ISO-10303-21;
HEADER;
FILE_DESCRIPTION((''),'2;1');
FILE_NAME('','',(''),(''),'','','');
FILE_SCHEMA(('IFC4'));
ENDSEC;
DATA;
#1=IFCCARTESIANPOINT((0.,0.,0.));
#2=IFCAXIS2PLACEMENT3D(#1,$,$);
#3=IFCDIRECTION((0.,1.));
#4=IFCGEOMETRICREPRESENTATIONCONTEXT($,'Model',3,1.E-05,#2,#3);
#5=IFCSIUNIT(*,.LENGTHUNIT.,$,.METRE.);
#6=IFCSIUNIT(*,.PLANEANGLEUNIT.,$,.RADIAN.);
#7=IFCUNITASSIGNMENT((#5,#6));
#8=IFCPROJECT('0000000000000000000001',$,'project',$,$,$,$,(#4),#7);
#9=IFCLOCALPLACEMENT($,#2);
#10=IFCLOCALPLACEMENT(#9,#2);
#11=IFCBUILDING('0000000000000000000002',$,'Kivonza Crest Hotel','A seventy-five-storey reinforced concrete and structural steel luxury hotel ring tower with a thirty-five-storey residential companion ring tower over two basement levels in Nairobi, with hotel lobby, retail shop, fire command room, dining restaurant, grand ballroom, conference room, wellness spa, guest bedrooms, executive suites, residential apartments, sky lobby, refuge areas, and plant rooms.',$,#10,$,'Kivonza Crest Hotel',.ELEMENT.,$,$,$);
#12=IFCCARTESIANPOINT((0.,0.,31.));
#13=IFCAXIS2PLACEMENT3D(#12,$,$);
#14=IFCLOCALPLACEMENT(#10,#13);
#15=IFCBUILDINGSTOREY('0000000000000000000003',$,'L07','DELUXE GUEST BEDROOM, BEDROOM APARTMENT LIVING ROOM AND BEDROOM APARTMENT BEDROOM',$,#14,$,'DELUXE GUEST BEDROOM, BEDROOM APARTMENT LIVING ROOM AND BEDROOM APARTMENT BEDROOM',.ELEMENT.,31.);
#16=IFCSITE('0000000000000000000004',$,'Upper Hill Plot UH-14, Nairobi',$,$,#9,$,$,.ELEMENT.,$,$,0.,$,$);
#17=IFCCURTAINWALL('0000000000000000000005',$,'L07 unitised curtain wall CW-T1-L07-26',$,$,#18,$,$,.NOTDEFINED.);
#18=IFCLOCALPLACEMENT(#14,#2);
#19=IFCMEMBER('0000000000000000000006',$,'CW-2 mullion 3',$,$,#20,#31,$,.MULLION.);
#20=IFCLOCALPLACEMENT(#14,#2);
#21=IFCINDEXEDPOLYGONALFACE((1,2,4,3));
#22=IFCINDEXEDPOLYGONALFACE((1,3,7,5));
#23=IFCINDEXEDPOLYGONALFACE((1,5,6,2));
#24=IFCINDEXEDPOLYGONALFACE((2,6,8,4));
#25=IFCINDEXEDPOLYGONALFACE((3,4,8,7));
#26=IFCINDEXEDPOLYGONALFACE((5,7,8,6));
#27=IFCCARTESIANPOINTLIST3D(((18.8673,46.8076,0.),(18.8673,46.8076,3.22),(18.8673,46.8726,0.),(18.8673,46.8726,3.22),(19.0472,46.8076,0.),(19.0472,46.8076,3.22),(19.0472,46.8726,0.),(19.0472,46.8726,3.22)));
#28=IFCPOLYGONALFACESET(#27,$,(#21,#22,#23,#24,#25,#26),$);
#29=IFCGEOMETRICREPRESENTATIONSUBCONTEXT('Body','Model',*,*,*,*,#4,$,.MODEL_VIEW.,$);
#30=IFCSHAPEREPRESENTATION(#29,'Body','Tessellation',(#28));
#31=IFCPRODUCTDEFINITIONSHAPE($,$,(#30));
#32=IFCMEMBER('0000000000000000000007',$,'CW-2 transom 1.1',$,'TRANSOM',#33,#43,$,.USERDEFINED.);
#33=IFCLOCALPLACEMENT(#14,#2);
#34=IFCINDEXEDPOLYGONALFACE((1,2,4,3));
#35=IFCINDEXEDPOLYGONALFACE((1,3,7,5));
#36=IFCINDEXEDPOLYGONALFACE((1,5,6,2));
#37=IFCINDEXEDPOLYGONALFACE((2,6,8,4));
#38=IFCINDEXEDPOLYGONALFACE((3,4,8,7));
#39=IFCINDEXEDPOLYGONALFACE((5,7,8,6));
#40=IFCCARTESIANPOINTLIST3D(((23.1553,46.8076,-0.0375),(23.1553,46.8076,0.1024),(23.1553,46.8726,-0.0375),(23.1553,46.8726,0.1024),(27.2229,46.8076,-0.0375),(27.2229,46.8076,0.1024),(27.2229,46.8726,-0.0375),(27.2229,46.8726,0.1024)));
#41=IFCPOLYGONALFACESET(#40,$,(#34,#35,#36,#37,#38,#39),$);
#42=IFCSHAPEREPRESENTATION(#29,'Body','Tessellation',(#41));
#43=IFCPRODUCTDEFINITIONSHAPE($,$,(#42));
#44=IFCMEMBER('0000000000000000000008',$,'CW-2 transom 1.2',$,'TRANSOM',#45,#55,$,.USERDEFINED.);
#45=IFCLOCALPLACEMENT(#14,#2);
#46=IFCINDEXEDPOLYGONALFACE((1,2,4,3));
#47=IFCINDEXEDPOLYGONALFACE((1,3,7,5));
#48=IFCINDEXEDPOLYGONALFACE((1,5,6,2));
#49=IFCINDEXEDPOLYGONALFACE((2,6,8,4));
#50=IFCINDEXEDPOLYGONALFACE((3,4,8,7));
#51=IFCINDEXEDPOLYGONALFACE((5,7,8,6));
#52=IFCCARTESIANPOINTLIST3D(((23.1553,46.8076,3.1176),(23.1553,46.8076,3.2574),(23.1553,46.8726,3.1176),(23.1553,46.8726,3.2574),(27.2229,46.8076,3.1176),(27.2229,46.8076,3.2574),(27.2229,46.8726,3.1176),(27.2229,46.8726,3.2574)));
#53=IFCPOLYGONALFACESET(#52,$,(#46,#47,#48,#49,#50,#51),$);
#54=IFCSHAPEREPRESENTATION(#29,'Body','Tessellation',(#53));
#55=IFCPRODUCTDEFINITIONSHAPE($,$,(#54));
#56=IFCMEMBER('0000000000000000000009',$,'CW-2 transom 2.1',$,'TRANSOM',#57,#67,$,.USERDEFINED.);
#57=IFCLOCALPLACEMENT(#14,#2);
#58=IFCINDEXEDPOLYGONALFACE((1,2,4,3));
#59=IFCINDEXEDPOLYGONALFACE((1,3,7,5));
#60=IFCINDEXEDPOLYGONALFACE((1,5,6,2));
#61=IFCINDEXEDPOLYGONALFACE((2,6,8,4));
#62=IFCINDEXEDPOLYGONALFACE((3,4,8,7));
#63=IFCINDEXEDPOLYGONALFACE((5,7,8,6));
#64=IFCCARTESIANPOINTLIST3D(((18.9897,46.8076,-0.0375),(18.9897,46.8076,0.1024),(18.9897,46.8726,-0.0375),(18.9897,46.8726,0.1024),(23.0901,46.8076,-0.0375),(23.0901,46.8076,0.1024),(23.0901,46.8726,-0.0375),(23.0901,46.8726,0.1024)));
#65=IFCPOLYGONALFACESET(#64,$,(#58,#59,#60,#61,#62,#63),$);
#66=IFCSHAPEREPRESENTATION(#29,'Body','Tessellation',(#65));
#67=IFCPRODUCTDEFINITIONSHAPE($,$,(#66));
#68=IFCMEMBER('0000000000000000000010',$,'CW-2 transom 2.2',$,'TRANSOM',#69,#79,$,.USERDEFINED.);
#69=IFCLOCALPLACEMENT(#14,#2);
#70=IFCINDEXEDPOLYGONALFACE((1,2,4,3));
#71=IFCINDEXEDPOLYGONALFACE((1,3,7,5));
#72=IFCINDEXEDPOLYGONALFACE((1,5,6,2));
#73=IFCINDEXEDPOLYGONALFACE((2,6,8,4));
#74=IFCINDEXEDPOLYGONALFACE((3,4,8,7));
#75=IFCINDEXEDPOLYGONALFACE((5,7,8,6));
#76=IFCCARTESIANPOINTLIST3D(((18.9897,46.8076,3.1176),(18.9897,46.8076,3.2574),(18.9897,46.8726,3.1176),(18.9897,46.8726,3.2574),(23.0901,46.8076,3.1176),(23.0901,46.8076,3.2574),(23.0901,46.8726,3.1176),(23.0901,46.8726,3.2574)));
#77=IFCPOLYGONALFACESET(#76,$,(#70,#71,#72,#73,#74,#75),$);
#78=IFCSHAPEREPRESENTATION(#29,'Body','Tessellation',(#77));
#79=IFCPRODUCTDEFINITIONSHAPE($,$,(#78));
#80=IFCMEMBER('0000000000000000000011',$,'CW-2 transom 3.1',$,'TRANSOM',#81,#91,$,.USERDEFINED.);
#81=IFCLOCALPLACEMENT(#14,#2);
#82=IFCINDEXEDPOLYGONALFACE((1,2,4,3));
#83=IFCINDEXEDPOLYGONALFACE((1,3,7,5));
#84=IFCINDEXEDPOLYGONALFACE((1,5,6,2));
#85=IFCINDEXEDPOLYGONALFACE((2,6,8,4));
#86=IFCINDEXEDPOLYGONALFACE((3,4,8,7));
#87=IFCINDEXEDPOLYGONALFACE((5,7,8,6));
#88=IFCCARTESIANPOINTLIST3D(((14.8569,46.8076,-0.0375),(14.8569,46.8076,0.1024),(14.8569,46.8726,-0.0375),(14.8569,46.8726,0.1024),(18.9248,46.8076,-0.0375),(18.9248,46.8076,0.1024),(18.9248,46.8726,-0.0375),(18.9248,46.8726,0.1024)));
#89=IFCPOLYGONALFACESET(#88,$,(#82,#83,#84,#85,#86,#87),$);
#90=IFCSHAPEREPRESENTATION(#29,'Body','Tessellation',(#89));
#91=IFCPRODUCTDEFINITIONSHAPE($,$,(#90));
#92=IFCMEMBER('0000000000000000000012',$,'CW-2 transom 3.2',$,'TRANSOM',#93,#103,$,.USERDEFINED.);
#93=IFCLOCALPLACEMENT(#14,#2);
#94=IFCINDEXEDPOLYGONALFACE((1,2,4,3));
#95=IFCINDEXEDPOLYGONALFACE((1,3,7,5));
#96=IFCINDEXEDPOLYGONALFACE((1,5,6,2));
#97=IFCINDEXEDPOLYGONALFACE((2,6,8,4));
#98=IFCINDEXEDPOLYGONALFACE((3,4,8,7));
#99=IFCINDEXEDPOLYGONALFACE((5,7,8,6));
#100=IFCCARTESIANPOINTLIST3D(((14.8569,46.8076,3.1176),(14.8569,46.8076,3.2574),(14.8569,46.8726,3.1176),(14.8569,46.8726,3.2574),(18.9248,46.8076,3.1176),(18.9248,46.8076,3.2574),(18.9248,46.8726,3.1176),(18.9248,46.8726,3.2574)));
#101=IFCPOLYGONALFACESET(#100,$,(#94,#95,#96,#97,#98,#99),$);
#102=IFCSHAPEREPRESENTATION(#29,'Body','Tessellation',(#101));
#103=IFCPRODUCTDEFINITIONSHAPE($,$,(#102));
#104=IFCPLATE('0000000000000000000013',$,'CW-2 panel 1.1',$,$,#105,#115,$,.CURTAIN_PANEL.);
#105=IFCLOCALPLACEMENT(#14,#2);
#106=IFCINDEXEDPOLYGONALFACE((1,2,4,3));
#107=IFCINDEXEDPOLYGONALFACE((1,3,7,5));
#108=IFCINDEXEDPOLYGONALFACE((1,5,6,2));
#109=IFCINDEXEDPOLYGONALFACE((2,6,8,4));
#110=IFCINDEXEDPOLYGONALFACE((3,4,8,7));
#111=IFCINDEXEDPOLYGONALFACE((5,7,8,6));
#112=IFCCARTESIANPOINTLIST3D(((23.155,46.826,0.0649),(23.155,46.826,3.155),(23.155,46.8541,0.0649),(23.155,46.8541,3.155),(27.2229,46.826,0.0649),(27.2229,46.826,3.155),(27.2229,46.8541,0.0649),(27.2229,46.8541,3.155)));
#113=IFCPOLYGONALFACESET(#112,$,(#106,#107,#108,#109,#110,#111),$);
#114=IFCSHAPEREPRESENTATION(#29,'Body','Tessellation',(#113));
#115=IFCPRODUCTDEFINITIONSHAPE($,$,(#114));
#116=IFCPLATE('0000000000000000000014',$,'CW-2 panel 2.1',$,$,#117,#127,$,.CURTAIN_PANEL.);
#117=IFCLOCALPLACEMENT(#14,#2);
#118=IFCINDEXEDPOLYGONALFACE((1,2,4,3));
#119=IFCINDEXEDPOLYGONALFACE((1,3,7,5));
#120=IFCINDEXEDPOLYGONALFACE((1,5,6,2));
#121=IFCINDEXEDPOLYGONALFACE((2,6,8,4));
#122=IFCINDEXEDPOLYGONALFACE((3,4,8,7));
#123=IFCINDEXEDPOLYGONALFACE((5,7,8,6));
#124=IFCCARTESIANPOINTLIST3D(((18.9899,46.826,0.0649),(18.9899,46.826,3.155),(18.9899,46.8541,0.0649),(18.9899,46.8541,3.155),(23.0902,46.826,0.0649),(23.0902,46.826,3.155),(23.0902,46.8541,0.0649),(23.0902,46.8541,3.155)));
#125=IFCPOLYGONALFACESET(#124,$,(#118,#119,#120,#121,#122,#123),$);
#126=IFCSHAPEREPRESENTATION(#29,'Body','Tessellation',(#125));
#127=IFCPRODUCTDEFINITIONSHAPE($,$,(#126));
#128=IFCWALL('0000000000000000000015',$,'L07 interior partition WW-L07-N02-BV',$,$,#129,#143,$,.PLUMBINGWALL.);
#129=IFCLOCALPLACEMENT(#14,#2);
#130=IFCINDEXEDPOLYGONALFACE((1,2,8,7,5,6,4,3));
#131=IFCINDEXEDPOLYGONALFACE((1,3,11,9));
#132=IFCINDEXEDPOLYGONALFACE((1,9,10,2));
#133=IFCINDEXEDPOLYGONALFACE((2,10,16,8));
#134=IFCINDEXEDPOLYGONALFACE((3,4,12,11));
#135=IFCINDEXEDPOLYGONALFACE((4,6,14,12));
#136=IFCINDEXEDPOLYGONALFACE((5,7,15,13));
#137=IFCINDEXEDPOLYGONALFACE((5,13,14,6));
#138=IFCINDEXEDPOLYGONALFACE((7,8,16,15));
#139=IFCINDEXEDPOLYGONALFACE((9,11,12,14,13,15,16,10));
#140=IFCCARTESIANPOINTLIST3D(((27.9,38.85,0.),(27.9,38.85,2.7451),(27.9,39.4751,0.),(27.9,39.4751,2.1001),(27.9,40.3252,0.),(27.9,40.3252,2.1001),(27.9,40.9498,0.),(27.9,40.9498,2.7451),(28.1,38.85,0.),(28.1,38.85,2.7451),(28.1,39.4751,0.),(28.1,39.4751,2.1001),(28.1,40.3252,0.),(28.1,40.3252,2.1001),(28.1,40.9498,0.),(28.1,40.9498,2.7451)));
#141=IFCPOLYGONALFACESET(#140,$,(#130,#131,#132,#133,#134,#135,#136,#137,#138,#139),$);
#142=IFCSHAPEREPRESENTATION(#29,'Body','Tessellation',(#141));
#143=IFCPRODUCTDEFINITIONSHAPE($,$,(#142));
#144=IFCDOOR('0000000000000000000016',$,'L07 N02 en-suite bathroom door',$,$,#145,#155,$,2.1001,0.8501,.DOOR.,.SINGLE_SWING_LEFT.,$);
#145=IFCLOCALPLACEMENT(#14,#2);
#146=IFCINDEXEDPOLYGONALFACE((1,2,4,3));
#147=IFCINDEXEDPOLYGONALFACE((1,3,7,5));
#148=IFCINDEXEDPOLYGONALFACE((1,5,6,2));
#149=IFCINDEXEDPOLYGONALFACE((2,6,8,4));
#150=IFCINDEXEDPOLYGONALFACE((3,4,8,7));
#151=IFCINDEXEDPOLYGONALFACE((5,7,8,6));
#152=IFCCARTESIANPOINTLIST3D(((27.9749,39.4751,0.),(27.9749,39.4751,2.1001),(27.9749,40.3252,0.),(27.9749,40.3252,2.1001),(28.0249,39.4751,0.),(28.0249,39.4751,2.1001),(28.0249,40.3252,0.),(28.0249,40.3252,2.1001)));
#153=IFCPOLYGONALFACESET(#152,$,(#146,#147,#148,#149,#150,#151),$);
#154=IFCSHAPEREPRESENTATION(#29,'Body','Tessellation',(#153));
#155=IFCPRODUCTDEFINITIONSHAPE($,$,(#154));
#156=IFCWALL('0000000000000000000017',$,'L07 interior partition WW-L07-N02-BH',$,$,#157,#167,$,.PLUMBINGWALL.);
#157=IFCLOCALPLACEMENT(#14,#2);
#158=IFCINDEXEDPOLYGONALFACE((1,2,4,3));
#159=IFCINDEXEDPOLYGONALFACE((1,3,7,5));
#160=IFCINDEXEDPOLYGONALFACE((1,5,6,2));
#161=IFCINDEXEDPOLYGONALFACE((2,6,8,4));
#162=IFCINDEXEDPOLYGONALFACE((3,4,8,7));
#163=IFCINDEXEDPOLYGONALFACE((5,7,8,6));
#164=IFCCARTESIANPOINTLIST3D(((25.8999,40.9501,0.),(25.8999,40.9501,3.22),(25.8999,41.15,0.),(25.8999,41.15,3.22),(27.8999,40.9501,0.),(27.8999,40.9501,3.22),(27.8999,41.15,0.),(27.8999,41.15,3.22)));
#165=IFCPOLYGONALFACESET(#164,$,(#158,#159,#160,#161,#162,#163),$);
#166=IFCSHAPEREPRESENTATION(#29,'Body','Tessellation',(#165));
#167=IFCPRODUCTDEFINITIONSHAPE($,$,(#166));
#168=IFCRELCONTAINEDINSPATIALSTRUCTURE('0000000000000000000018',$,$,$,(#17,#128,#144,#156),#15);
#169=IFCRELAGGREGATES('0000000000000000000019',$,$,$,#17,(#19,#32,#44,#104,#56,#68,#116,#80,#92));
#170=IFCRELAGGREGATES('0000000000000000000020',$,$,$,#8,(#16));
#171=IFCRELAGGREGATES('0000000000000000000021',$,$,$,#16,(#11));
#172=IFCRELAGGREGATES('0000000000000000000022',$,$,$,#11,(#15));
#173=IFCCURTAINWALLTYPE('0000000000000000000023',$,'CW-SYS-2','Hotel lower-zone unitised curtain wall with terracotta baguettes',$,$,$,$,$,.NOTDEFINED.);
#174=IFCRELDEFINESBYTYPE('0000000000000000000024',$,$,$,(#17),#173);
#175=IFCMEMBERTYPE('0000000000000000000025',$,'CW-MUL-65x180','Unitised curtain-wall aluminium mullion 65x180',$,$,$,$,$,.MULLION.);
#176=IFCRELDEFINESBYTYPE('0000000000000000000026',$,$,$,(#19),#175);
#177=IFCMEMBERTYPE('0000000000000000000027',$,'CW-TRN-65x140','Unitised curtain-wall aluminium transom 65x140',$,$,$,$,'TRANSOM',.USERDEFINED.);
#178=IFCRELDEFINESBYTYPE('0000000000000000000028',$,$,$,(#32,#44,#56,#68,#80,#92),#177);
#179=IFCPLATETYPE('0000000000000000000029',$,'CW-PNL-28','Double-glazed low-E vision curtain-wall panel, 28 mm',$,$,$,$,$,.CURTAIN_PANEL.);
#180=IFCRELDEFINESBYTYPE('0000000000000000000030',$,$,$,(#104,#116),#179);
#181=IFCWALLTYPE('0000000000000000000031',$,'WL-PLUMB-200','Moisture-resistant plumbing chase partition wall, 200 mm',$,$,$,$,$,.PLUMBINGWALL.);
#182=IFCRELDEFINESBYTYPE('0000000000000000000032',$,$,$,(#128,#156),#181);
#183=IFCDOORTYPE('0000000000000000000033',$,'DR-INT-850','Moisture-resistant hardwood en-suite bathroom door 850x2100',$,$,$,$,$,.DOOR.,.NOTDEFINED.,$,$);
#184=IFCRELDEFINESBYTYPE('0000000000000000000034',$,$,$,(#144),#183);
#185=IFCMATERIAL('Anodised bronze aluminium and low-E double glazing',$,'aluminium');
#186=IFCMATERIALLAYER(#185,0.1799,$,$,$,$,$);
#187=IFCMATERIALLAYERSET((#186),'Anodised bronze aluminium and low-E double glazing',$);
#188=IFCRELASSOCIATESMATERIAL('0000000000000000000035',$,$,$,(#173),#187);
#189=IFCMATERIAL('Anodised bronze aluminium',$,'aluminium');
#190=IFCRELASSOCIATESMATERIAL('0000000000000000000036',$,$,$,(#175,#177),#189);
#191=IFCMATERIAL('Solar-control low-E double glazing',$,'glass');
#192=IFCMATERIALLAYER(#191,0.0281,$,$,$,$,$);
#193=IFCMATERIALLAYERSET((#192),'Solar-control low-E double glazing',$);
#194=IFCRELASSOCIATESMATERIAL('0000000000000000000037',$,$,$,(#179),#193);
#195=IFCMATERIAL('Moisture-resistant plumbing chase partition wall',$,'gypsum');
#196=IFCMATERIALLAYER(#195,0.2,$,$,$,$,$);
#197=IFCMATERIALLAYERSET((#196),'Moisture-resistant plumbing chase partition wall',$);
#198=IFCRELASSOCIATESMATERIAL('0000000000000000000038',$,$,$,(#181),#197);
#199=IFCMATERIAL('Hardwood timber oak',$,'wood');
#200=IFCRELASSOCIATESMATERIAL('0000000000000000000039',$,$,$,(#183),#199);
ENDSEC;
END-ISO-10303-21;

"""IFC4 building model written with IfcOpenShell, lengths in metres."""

from ifc_helpers import new_model, si_unit, direction, frame, frame_2d, origin, origin_2d, place, context, subcontext, project, spatial, rectangle, extrude, material, layer, layer_set, material_profile, profile_set, type_object, element, fill, aggregate, save


model = new_model("IFC4")

# Units and contexts
model_context = context("Model", 3, precision=1e-05, world=origin(), true_north=direction((0.0, 1.0)))
body_context = subcontext(model_context, "Body", "Model", "MODEL_VIEW")
ifc_project = project(units=[si_unit("LENGTHUNIT", "METRE"), si_unit("PLANEANGLEUNIT", "RADIAN")], contexts=[model_context])

# Site, building, storey
site_placement = place(None, origin())
site = spatial("IfcSite", under=ifc_project, at=site_placement, Name="Upper Hill Plot UH-14, Nairobi", CompositionType="ELEMENT", RefElevation=0.0)
building_placement = place(site_placement, origin())
building = spatial("IfcBuilding", under=site, at=building_placement, Name="Kivonza Crest Hotel", Description="A seventy-five-storey reinforced concrete and structural steel luxury hotel ring tower with a thirty-five-storey residential companion ring tower over two basement levels in Nairobi, with hotel lobby, retail shop, fire command room, dining restaurant, grand ballroom, conference room, wellness spa, guest bedrooms, executive suites, residential apartments, sky lobby, refuge areas, and plant rooms.", LongName="Kivonza Crest Hotel", CompositionType="ELEMENT")
storey_placement = place(building_placement, frame((0.0, 0.0, 31.0)))
storey = spatial("IfcBuildingStorey", under=building, at=storey_placement, Name="L07", Description="DELUXE GUEST BEDROOM, BEDROOM APARTMENT LIVING ROOM AND BEDROOM APARTMENT BEDROOM", LongName="DELUXE GUEST BEDROOM, BEDROOM APARTMENT LIVING ROOM AND BEDROOM APARTMENT BEDROOM", CompositionType="ELEMENT", Elevation=31.0)

# Curtain wall, members, plates
ifc_material_1 = material(Name="Anodised bronze aluminium and low-E double glazing", Category="aluminium")
ifc_layer_1 = layer(ifc_material_1, 0.1799)
ifc_layer_set_1 = layer_set([ifc_layer_1], Name="Anodised bronze aluminium and low-E double glazing")
curtain_wall_type = type_object("IfcCurtainWallType", Name="CW-SYS-2", Description="Hotel lower-zone unitised curtain wall with terracotta baguettes", PredefinedType="NOTDEFINED", material=ifc_layer_set_1)
curtain_wall_placement = place(storey_placement, origin())
curtain_wall = element("IfcCurtainWall", 1, at=curtain_wall_placement, inside=storey, type_object=curtain_wall_type, Name="L07 unitised curtain wall CW-T1-L07-26", PredefinedType="NOTDEFINED")
ifc_material_2 = material(Name="Anodised bronze aluminium", Category="aluminium")
ifc_material_profile_1 = material_profile(ifc_material_2, rectangle(XDim=0.0649, YDim=0.1799, at=origin_2d()), Name="CW-M 65x180")
ifc_profile_set_1 = profile_set([ifc_material_profile_1], Name="Anodised bronze aluminium")
member_type_1 = type_object("IfcMemberType", Name="CW-MUL-65x180", Description="Unitised curtain-wall aluminium mullion 65x180", PredefinedType="MULLION", material=ifc_profile_set_1)
member_1_placement = place(storey_placement, frame((18.9573, 46.8401, 0.0), z_axis=(0.0, 0.0, 1.0), x_axis=(0.0, -1.0, 0.0)))
member_1 = element("IfcMember", 2, at=member_1_placement, type_object=member_type_1, Name="CW-2 mullion 3", PredefinedType="MULLION", context=body_context, shape_type="SweptSolid", body=[
    extrude(rectangle(XDim=0.0649, YDim=0.1799, at=origin_2d()), origin(), (0.0, 0.0, 1.0), 3.22),
])
ifc_material_profile_2 = material_profile(ifc_material_2, rectangle(XDim=0.0649, YDim=0.1399, at=origin_2d()), Name="CW-T 65x140")
ifc_profile_set_2 = profile_set([ifc_material_profile_2], Name="Anodised bronze aluminium")
member_type_2 = type_object("IfcMemberType", Name="CW-TRN-65x140", Description="Unitised curtain-wall aluminium transom 65x140", ElementType="TRANSOM", PredefinedType="USERDEFINED", material=ifc_profile_set_2)
member_2_placement = place(storey_placement, frame((27.2229, 46.8401, 0.0325), z_axis=(-1.0, 0.0, 0.0), x_axis=(0.0, -1.0, 0.0)))
member_2 = element("IfcMember", 3, at=member_2_placement, type_object=member_type_2, Name="CW-2 transom 1.1", ObjectType="TRANSOM", PredefinedType="USERDEFINED", context=body_context, shape_type="SweptSolid", body=[
    extrude(rectangle(XDim=0.0649, YDim=0.1399, at=origin_2d()), origin(), (0.0, 0.0, 1.0), 4.0676),
])
member_3_placement = place(storey_placement, frame((27.2229, 46.8401, 3.1875), z_axis=(-1.0, 0.0, 0.0), x_axis=(0.0, -1.0, 0.0)))
member_3 = element("IfcMember", 4, at=member_3_placement, type_object=member_type_2, Name="CW-2 transom 1.2", ObjectType="TRANSOM", PredefinedType="USERDEFINED", context=body_context, shape_type="SweptSolid", body=[
    extrude(rectangle(XDim=0.0649, YDim=0.1399, at=origin_2d()), origin(), (0.0, 0.0, 1.0), 4.0676),
])
member_4_placement = place(storey_placement, frame((23.0901, 46.8401, 0.0325), z_axis=(-1.0, 0.0, 0.0), x_axis=(0.0, -1.0, 0.0)))
member_4 = element("IfcMember", 5, at=member_4_placement, type_object=member_type_2, Name="CW-2 transom 2.1", ObjectType="TRANSOM", PredefinedType="USERDEFINED", context=body_context, shape_type="SweptSolid", body=[
    extrude(rectangle(XDim=0.0649, YDim=0.1399, at=origin_2d()), origin(), (0.0, 0.0, 1.0), 4.1003),
])
member_5_placement = place(storey_placement, frame((23.0901, 46.8401, 3.1875), z_axis=(-1.0, 0.0, 0.0), x_axis=(0.0, -1.0, 0.0)))
member_5 = element("IfcMember", 6, at=member_5_placement, type_object=member_type_2, Name="CW-2 transom 2.2", ObjectType="TRANSOM", PredefinedType="USERDEFINED", context=body_context, shape_type="SweptSolid", body=[
    extrude(rectangle(XDim=0.0649, YDim=0.1399, at=origin_2d()), origin(), (0.0, 0.0, 1.0), 4.1003),
])
member_6_placement = place(storey_placement, frame((18.9248, 46.8401, 0.0325), z_axis=(-1.0, 0.0, 0.0), x_axis=(0.0, -1.0, 0.0)))
member_6 = element("IfcMember", 7, at=member_6_placement, type_object=member_type_2, Name="CW-2 transom 3.1", ObjectType="TRANSOM", PredefinedType="USERDEFINED", context=body_context, shape_type="SweptSolid", body=[
    extrude(rectangle(XDim=0.0649, YDim=0.1399, at=origin_2d()), origin(), (0.0, 0.0, 1.0), 4.0679),
])
member_7_placement = place(storey_placement, frame((18.9248, 46.8401, 3.1875), z_axis=(-1.0, 0.0, 0.0), x_axis=(0.0, -1.0, 0.0)))
member_7 = element("IfcMember", 8, at=member_7_placement, type_object=member_type_2, Name="CW-2 transom 3.2", ObjectType="TRANSOM", PredefinedType="USERDEFINED", context=body_context, shape_type="SweptSolid", body=[
    extrude(rectangle(XDim=0.0649, YDim=0.1399, at=origin_2d()), origin(), (0.0, 0.0, 1.0), 4.0679),
])
ifc_material_3 = material(Name="Solar-control low-E double glazing", Category="glass")
ifc_layer_2 = layer(ifc_material_3, 0.0281)
ifc_layer_set_2 = layer_set([ifc_layer_2], Name="Solar-control low-E double glazing")
plate_type = type_object("IfcPlateType", Name="CW-PNL-28", Description="Double-glazed low-E vision curtain-wall panel, 28 mm", PredefinedType="CURTAIN_PANEL", material=ifc_layer_set_2)
plate_1_placement = place(storey_placement, frame((25.189, 46.8401, 0.0649), z_axis=(0.0, 0.0, 1.0), x_axis=(-1.0, 0.0, 0.0)))
plate_1 = element("IfcPlate", 9, at=plate_1_placement, type_object=plate_type, Name="CW-2 panel 1.1", PredefinedType="CURTAIN_PANEL", context=body_context, shape_type="SweptSolid", body=[
    extrude(rectangle(XDim=4.0679, YDim=0.0281, at=origin_2d()), origin(), (0.0, 0.0, 1.0), 3.0901),
])
plate_2_placement = place(storey_placement, frame((21.04, 46.8401, 0.0649), z_axis=(0.0, 0.0, 1.0), x_axis=(-1.0, 0.0, 0.0)))
plate_2 = element("IfcPlate", 10, at=plate_2_placement, type_object=plate_type, Name="CW-2 panel 2.1", PredefinedType="CURTAIN_PANEL", context=body_context, shape_type="SweptSolid", body=[
    extrude(rectangle(XDim=4.1003, YDim=0.0281, at=origin_2d()), origin(), (0.0, 0.0, 1.0), 3.0901),
])
aggregate(curtain_wall, [member_1, member_2, member_3, plate_1, member_4, member_5, plate_2, member_6, member_7])

# Wall, opening, door
ifc_material_4 = material(Name="Moisture-resistant plumbing chase partition wall", Category="gypsum")
ifc_layer_3 = layer(ifc_material_4, 0.2)
ifc_layer_set_3 = layer_set([ifc_layer_3], Name="Moisture-resistant plumbing chase partition wall")
wall_type = type_object("IfcWallType", Name="WL-PLUMB-200", Description="Moisture-resistant plumbing chase partition wall, 200 mm", PredefinedType="PLUMBINGWALL", material=ifc_layer_set_3)
wall_1_placement = place(storey_placement, frame((28.0, 38.8501, 0.0), z_axis=(0.0, 0.0, 1.0), x_axis=(0.0, 1.0, 0.0)))
wall_1 = element("IfcWall", 11, at=wall_1_placement, inside=storey, type_object=wall_type, Name="L07 interior partition WW-L07-N02-BV", PredefinedType="PLUMBINGWALL", context=body_context, shape_type="SweptSolid", body=[
    extrude(rectangle(XDim=2.0999, YDim=0.2, at=frame_2d((1.0498, 0.0))), origin(), (0.0, 0.0, 1.0), 2.7451),
])
opening_placement = place(wall_1_placement, frame((0.625, 0.0, 0.0)))
opening = element("IfcOpeningElement", 12, at=opening_placement, cuts=wall_1, PredefinedType="OPENING", context=body_context, shape_type="SweptSolid", body=[
    extrude(rectangle(XDim=0.8501, YDim=2.1001, at=frame_2d((0.425, 1.05))), frame((0.0, 0.1099, 0.0), z_axis=(0.0, -1.0, 0.0), x_axis=(1.0, 0.0, 0.0)), (0.0, 0.0, 1.0), 0.22),
])
ifc_material_5 = material(Name="Hardwood timber oak", Category="wood")
door_type = type_object("IfcDoorType", Name="DR-INT-850", Description="Moisture-resistant hardwood en-suite bathroom door 850x2100", OperationType="NOTDEFINED", PredefinedType="DOOR", material=ifc_material_5)
door_placement = place(opening_placement, frame((0.8501, 0.0, 0.0), z_axis=(0.0, 0.0, 1.0), x_axis=(-1.0, 0.0, 0.0)))
door = element("IfcDoor", 13, at=door_placement, inside=storey, type_object=door_type, Name="L07 N02 en-suite bathroom door", OperationType="SINGLE_SWING_LEFT", OverallHeight=2.1001, OverallWidth=0.8501, PredefinedType="DOOR", context=body_context, shape_type="SweptSolid", body=[
    extrude(rectangle(XDim=0.8501, YDim=2.1001, at=frame_2d((0.425, 1.05))), frame((0.0, 0.0249, 0.0), z_axis=(0.0, -1.0, 0.0), x_axis=(1.0, 0.0, 0.0)), (0.0, 0.0, 1.0), 0.05),
])
fill(opening, door)

# Wall
wall_2_placement = place(storey_placement, frame((25.8999, 41.05, 0.0), z_axis=(0.0, 0.0, 1.0), x_axis=(1.0, 0.0, 0.0)))
element("IfcWall", 14, at=wall_2_placement, inside=storey, type_object=wall_type, Name="L07 interior partition WW-L07-N02-BH", PredefinedType="PLUMBINGWALL", context=body_context, shape_type="SweptSolid", body=[
    extrude(rectangle(XDim=2.0, YDim=0.2, at=frame_2d((1.0, 0.0))), origin(), (0.0, 0.0, 1.0), 3.22),
])

save(model, "model.ifc")
